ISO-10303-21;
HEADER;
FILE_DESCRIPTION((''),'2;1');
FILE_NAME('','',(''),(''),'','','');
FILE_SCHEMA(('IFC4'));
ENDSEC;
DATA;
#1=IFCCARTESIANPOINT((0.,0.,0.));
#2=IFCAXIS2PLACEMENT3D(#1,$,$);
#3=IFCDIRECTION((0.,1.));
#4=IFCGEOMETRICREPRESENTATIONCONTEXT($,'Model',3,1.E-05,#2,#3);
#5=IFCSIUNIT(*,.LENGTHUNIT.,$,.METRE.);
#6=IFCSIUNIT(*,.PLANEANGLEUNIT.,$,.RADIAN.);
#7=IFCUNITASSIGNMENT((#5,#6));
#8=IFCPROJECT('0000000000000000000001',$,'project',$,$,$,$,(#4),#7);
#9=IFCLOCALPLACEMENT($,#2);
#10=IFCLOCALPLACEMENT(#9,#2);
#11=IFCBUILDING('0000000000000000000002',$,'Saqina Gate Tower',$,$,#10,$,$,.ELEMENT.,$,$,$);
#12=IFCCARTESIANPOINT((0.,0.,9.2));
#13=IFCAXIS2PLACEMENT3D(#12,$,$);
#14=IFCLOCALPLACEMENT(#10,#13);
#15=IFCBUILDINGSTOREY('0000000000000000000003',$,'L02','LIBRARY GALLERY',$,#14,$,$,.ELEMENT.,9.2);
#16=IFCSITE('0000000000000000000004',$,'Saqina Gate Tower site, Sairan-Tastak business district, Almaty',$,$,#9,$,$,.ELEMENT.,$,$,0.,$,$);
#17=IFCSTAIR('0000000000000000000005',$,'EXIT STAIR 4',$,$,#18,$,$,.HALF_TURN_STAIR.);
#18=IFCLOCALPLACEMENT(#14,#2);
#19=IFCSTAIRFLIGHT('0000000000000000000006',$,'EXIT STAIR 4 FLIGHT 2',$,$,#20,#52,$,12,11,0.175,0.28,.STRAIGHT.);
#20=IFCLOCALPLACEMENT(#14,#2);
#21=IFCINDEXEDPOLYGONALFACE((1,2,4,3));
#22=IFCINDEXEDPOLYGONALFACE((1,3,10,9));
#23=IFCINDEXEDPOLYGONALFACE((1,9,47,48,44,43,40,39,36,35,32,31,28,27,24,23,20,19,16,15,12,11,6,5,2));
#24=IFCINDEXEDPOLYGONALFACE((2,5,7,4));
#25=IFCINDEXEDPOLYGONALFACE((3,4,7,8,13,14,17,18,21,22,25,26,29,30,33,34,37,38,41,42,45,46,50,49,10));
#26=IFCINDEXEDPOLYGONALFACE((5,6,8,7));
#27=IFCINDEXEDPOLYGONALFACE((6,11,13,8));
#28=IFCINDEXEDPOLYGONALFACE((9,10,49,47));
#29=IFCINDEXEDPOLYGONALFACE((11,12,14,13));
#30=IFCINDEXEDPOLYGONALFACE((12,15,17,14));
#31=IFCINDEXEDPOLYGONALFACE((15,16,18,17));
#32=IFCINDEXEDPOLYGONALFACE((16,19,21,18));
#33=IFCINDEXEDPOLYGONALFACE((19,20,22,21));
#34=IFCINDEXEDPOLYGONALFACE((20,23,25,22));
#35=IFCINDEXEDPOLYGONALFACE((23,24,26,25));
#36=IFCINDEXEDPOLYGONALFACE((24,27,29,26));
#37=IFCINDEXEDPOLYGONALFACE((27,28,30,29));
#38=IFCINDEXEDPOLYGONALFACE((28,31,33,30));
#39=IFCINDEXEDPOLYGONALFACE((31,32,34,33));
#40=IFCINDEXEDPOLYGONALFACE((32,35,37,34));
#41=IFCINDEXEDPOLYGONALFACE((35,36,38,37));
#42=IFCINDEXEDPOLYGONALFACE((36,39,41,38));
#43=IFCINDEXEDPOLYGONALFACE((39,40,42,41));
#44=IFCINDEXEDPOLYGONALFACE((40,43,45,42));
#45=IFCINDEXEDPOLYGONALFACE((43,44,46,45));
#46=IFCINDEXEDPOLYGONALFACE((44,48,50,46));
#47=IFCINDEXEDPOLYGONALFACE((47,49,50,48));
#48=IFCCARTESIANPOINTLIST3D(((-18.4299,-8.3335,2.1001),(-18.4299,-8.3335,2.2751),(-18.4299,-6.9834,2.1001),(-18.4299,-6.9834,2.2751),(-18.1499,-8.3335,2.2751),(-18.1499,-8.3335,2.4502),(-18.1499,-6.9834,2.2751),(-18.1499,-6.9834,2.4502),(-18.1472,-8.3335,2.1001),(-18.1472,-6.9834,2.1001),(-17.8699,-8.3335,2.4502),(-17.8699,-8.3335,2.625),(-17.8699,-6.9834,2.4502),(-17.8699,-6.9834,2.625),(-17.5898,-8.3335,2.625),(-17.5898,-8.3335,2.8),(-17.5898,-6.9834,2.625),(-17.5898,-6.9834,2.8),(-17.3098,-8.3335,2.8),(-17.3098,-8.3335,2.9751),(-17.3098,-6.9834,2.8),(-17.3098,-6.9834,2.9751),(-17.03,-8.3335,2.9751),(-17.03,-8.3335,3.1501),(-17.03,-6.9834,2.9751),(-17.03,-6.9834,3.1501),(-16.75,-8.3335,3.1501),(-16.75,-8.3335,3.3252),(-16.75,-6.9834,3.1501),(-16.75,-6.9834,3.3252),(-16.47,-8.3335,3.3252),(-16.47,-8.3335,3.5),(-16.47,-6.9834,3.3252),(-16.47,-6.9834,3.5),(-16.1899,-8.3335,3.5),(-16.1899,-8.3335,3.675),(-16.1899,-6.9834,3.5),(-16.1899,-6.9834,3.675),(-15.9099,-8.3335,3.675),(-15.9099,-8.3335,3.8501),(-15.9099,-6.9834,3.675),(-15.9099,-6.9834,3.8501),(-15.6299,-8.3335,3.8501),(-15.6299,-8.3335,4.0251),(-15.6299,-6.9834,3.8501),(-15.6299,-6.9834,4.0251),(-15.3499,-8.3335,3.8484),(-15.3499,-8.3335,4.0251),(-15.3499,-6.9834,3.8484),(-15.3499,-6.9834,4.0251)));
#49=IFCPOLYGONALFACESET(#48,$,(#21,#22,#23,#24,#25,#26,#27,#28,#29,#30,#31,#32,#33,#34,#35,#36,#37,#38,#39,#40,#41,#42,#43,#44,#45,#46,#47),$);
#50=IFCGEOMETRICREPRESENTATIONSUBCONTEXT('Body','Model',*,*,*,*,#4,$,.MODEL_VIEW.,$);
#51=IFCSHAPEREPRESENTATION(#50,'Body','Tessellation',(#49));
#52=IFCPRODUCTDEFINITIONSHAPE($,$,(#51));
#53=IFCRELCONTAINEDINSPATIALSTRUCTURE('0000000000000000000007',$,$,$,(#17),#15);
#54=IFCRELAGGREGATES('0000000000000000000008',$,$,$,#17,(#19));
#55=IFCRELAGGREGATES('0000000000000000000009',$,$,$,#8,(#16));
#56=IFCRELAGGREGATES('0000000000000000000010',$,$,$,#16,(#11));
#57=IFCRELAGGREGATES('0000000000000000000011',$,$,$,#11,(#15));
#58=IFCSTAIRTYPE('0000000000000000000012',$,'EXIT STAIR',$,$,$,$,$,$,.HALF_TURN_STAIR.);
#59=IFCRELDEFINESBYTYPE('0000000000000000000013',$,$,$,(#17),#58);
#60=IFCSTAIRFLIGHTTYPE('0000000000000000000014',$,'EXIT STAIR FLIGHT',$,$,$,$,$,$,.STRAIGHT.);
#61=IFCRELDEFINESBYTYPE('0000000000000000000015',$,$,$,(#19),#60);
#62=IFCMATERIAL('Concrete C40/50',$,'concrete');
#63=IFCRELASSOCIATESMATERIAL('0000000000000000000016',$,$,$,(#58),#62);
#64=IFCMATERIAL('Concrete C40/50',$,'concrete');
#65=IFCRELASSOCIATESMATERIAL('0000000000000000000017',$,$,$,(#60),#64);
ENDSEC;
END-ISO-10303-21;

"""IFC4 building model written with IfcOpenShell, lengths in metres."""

from ifc_helpers import new_model, si_unit, direction, frame, origin, place, context, subcontext, project, spatial, polyline, outline, extrude, material, type_object, element, aggregate, save


model = new_model("IFC4")

# Units and contexts
model_context = context("Model", 3, precision=1e-05, world=origin(), true_north=direction((0.0, 1.0)))
body_context = subcontext(model_context, "Body", "Model", "MODEL_VIEW")
ifc_project = project(units=[si_unit("LENGTHUNIT", "METRE"), si_unit("PLANEANGLEUNIT", "RADIAN")], contexts=[model_context])

# Site, building, storey
site_placement = place(None, origin())
site = spatial("IfcSite", under=ifc_project, at=site_placement, Name="Saqina Gate Tower site, Sairan-Tastak business district, Almaty", CompositionType="ELEMENT", RefElevation=0.0)
building_placement = place(site_placement, origin())
building = spatial("IfcBuilding", under=site, at=building_placement, Name="Saqina Gate Tower", CompositionType="ELEMENT")
storey_placement = place(building_placement, frame((0.0, 0.0, 9.2)))
storey = spatial("IfcBuildingStorey", under=building, at=storey_placement, Name="L02", Description="LIBRARY GALLERY", CompositionType="ELEMENT", Elevation=9.2)

# Stair, stair flight
ifc_material_1 = material(Name="Concrete C40/50", Category="concrete")
stair_type = type_object("IfcStairType", Name="EXIT STAIR", PredefinedType="HALF_TURN_STAIR", material=ifc_material_1)
stair_placement = place(storey_placement, origin())
stair = element("IfcStair", 1, at=stair_placement, inside=storey, type_object=stair_type, Name="EXIT STAIR 4", PredefinedType="HALF_TURN_STAIR")
ifc_material_2 = material(Name="Concrete C40/50", Category="concrete")
stair_flight_type = type_object("IfcStairFlightType", Name="EXIT STAIR FLIGHT", PredefinedType="STRAIGHT", material=ifc_material_2)
stair_flight_1_placement = place(storey_placement, frame((-18.4299, -7.6584, 2.1001), z_axis=(0.0, 0.0, 1.0), x_axis=(1.0, 0.0, 0.0)))
stair_flight_1 = element("IfcStairFlight", 2, at=stair_flight_1_placement, type_object=stair_flight_type, Name="EXIT STAIR 4 FLIGHT 2", NumberOfRisers=12, NumberOfTreads=11, PredefinedType="STRAIGHT", RiserHeight=0.175, TreadLength=0.28, context=body_context, shape_type="SweptSolid", body=[
    extrude(outline(polyline([(0.0, 0.0), (0.0, 0.175), (0.28, 0.175), (0.28, 0.3501), (0.5601, 0.3501), (0.5601, 0.5249), (0.8401, 0.5249), (0.8401, 0.7), (1.1201, 0.7), (1.1201, 0.875), (1.3999, 0.875), (1.3999, 1.05), (1.6799, 1.05), (1.6799, 1.2251), (1.96, 1.2251), (1.96, 1.3999), (2.24, 1.3999), (2.24, 1.575), (2.52, 1.575), (2.52, 1.75), (2.8, 1.75), (2.8, 1.925), (3.0801, 1.925), (3.0801, 2.1001), (3.0801, 1.7483), (0.2827, 0.0), (0.0, 0.0)])), frame((0.0, 0.675, 0.0), z_axis=(0.0, -1.0, 0.0), x_axis=(1.0, 0.0, 0.0)), (0.0, 0.0, 1.0), 1.3501),
])
aggregate(stair, [stair_flight_1])

save(model, "model.ifc")
